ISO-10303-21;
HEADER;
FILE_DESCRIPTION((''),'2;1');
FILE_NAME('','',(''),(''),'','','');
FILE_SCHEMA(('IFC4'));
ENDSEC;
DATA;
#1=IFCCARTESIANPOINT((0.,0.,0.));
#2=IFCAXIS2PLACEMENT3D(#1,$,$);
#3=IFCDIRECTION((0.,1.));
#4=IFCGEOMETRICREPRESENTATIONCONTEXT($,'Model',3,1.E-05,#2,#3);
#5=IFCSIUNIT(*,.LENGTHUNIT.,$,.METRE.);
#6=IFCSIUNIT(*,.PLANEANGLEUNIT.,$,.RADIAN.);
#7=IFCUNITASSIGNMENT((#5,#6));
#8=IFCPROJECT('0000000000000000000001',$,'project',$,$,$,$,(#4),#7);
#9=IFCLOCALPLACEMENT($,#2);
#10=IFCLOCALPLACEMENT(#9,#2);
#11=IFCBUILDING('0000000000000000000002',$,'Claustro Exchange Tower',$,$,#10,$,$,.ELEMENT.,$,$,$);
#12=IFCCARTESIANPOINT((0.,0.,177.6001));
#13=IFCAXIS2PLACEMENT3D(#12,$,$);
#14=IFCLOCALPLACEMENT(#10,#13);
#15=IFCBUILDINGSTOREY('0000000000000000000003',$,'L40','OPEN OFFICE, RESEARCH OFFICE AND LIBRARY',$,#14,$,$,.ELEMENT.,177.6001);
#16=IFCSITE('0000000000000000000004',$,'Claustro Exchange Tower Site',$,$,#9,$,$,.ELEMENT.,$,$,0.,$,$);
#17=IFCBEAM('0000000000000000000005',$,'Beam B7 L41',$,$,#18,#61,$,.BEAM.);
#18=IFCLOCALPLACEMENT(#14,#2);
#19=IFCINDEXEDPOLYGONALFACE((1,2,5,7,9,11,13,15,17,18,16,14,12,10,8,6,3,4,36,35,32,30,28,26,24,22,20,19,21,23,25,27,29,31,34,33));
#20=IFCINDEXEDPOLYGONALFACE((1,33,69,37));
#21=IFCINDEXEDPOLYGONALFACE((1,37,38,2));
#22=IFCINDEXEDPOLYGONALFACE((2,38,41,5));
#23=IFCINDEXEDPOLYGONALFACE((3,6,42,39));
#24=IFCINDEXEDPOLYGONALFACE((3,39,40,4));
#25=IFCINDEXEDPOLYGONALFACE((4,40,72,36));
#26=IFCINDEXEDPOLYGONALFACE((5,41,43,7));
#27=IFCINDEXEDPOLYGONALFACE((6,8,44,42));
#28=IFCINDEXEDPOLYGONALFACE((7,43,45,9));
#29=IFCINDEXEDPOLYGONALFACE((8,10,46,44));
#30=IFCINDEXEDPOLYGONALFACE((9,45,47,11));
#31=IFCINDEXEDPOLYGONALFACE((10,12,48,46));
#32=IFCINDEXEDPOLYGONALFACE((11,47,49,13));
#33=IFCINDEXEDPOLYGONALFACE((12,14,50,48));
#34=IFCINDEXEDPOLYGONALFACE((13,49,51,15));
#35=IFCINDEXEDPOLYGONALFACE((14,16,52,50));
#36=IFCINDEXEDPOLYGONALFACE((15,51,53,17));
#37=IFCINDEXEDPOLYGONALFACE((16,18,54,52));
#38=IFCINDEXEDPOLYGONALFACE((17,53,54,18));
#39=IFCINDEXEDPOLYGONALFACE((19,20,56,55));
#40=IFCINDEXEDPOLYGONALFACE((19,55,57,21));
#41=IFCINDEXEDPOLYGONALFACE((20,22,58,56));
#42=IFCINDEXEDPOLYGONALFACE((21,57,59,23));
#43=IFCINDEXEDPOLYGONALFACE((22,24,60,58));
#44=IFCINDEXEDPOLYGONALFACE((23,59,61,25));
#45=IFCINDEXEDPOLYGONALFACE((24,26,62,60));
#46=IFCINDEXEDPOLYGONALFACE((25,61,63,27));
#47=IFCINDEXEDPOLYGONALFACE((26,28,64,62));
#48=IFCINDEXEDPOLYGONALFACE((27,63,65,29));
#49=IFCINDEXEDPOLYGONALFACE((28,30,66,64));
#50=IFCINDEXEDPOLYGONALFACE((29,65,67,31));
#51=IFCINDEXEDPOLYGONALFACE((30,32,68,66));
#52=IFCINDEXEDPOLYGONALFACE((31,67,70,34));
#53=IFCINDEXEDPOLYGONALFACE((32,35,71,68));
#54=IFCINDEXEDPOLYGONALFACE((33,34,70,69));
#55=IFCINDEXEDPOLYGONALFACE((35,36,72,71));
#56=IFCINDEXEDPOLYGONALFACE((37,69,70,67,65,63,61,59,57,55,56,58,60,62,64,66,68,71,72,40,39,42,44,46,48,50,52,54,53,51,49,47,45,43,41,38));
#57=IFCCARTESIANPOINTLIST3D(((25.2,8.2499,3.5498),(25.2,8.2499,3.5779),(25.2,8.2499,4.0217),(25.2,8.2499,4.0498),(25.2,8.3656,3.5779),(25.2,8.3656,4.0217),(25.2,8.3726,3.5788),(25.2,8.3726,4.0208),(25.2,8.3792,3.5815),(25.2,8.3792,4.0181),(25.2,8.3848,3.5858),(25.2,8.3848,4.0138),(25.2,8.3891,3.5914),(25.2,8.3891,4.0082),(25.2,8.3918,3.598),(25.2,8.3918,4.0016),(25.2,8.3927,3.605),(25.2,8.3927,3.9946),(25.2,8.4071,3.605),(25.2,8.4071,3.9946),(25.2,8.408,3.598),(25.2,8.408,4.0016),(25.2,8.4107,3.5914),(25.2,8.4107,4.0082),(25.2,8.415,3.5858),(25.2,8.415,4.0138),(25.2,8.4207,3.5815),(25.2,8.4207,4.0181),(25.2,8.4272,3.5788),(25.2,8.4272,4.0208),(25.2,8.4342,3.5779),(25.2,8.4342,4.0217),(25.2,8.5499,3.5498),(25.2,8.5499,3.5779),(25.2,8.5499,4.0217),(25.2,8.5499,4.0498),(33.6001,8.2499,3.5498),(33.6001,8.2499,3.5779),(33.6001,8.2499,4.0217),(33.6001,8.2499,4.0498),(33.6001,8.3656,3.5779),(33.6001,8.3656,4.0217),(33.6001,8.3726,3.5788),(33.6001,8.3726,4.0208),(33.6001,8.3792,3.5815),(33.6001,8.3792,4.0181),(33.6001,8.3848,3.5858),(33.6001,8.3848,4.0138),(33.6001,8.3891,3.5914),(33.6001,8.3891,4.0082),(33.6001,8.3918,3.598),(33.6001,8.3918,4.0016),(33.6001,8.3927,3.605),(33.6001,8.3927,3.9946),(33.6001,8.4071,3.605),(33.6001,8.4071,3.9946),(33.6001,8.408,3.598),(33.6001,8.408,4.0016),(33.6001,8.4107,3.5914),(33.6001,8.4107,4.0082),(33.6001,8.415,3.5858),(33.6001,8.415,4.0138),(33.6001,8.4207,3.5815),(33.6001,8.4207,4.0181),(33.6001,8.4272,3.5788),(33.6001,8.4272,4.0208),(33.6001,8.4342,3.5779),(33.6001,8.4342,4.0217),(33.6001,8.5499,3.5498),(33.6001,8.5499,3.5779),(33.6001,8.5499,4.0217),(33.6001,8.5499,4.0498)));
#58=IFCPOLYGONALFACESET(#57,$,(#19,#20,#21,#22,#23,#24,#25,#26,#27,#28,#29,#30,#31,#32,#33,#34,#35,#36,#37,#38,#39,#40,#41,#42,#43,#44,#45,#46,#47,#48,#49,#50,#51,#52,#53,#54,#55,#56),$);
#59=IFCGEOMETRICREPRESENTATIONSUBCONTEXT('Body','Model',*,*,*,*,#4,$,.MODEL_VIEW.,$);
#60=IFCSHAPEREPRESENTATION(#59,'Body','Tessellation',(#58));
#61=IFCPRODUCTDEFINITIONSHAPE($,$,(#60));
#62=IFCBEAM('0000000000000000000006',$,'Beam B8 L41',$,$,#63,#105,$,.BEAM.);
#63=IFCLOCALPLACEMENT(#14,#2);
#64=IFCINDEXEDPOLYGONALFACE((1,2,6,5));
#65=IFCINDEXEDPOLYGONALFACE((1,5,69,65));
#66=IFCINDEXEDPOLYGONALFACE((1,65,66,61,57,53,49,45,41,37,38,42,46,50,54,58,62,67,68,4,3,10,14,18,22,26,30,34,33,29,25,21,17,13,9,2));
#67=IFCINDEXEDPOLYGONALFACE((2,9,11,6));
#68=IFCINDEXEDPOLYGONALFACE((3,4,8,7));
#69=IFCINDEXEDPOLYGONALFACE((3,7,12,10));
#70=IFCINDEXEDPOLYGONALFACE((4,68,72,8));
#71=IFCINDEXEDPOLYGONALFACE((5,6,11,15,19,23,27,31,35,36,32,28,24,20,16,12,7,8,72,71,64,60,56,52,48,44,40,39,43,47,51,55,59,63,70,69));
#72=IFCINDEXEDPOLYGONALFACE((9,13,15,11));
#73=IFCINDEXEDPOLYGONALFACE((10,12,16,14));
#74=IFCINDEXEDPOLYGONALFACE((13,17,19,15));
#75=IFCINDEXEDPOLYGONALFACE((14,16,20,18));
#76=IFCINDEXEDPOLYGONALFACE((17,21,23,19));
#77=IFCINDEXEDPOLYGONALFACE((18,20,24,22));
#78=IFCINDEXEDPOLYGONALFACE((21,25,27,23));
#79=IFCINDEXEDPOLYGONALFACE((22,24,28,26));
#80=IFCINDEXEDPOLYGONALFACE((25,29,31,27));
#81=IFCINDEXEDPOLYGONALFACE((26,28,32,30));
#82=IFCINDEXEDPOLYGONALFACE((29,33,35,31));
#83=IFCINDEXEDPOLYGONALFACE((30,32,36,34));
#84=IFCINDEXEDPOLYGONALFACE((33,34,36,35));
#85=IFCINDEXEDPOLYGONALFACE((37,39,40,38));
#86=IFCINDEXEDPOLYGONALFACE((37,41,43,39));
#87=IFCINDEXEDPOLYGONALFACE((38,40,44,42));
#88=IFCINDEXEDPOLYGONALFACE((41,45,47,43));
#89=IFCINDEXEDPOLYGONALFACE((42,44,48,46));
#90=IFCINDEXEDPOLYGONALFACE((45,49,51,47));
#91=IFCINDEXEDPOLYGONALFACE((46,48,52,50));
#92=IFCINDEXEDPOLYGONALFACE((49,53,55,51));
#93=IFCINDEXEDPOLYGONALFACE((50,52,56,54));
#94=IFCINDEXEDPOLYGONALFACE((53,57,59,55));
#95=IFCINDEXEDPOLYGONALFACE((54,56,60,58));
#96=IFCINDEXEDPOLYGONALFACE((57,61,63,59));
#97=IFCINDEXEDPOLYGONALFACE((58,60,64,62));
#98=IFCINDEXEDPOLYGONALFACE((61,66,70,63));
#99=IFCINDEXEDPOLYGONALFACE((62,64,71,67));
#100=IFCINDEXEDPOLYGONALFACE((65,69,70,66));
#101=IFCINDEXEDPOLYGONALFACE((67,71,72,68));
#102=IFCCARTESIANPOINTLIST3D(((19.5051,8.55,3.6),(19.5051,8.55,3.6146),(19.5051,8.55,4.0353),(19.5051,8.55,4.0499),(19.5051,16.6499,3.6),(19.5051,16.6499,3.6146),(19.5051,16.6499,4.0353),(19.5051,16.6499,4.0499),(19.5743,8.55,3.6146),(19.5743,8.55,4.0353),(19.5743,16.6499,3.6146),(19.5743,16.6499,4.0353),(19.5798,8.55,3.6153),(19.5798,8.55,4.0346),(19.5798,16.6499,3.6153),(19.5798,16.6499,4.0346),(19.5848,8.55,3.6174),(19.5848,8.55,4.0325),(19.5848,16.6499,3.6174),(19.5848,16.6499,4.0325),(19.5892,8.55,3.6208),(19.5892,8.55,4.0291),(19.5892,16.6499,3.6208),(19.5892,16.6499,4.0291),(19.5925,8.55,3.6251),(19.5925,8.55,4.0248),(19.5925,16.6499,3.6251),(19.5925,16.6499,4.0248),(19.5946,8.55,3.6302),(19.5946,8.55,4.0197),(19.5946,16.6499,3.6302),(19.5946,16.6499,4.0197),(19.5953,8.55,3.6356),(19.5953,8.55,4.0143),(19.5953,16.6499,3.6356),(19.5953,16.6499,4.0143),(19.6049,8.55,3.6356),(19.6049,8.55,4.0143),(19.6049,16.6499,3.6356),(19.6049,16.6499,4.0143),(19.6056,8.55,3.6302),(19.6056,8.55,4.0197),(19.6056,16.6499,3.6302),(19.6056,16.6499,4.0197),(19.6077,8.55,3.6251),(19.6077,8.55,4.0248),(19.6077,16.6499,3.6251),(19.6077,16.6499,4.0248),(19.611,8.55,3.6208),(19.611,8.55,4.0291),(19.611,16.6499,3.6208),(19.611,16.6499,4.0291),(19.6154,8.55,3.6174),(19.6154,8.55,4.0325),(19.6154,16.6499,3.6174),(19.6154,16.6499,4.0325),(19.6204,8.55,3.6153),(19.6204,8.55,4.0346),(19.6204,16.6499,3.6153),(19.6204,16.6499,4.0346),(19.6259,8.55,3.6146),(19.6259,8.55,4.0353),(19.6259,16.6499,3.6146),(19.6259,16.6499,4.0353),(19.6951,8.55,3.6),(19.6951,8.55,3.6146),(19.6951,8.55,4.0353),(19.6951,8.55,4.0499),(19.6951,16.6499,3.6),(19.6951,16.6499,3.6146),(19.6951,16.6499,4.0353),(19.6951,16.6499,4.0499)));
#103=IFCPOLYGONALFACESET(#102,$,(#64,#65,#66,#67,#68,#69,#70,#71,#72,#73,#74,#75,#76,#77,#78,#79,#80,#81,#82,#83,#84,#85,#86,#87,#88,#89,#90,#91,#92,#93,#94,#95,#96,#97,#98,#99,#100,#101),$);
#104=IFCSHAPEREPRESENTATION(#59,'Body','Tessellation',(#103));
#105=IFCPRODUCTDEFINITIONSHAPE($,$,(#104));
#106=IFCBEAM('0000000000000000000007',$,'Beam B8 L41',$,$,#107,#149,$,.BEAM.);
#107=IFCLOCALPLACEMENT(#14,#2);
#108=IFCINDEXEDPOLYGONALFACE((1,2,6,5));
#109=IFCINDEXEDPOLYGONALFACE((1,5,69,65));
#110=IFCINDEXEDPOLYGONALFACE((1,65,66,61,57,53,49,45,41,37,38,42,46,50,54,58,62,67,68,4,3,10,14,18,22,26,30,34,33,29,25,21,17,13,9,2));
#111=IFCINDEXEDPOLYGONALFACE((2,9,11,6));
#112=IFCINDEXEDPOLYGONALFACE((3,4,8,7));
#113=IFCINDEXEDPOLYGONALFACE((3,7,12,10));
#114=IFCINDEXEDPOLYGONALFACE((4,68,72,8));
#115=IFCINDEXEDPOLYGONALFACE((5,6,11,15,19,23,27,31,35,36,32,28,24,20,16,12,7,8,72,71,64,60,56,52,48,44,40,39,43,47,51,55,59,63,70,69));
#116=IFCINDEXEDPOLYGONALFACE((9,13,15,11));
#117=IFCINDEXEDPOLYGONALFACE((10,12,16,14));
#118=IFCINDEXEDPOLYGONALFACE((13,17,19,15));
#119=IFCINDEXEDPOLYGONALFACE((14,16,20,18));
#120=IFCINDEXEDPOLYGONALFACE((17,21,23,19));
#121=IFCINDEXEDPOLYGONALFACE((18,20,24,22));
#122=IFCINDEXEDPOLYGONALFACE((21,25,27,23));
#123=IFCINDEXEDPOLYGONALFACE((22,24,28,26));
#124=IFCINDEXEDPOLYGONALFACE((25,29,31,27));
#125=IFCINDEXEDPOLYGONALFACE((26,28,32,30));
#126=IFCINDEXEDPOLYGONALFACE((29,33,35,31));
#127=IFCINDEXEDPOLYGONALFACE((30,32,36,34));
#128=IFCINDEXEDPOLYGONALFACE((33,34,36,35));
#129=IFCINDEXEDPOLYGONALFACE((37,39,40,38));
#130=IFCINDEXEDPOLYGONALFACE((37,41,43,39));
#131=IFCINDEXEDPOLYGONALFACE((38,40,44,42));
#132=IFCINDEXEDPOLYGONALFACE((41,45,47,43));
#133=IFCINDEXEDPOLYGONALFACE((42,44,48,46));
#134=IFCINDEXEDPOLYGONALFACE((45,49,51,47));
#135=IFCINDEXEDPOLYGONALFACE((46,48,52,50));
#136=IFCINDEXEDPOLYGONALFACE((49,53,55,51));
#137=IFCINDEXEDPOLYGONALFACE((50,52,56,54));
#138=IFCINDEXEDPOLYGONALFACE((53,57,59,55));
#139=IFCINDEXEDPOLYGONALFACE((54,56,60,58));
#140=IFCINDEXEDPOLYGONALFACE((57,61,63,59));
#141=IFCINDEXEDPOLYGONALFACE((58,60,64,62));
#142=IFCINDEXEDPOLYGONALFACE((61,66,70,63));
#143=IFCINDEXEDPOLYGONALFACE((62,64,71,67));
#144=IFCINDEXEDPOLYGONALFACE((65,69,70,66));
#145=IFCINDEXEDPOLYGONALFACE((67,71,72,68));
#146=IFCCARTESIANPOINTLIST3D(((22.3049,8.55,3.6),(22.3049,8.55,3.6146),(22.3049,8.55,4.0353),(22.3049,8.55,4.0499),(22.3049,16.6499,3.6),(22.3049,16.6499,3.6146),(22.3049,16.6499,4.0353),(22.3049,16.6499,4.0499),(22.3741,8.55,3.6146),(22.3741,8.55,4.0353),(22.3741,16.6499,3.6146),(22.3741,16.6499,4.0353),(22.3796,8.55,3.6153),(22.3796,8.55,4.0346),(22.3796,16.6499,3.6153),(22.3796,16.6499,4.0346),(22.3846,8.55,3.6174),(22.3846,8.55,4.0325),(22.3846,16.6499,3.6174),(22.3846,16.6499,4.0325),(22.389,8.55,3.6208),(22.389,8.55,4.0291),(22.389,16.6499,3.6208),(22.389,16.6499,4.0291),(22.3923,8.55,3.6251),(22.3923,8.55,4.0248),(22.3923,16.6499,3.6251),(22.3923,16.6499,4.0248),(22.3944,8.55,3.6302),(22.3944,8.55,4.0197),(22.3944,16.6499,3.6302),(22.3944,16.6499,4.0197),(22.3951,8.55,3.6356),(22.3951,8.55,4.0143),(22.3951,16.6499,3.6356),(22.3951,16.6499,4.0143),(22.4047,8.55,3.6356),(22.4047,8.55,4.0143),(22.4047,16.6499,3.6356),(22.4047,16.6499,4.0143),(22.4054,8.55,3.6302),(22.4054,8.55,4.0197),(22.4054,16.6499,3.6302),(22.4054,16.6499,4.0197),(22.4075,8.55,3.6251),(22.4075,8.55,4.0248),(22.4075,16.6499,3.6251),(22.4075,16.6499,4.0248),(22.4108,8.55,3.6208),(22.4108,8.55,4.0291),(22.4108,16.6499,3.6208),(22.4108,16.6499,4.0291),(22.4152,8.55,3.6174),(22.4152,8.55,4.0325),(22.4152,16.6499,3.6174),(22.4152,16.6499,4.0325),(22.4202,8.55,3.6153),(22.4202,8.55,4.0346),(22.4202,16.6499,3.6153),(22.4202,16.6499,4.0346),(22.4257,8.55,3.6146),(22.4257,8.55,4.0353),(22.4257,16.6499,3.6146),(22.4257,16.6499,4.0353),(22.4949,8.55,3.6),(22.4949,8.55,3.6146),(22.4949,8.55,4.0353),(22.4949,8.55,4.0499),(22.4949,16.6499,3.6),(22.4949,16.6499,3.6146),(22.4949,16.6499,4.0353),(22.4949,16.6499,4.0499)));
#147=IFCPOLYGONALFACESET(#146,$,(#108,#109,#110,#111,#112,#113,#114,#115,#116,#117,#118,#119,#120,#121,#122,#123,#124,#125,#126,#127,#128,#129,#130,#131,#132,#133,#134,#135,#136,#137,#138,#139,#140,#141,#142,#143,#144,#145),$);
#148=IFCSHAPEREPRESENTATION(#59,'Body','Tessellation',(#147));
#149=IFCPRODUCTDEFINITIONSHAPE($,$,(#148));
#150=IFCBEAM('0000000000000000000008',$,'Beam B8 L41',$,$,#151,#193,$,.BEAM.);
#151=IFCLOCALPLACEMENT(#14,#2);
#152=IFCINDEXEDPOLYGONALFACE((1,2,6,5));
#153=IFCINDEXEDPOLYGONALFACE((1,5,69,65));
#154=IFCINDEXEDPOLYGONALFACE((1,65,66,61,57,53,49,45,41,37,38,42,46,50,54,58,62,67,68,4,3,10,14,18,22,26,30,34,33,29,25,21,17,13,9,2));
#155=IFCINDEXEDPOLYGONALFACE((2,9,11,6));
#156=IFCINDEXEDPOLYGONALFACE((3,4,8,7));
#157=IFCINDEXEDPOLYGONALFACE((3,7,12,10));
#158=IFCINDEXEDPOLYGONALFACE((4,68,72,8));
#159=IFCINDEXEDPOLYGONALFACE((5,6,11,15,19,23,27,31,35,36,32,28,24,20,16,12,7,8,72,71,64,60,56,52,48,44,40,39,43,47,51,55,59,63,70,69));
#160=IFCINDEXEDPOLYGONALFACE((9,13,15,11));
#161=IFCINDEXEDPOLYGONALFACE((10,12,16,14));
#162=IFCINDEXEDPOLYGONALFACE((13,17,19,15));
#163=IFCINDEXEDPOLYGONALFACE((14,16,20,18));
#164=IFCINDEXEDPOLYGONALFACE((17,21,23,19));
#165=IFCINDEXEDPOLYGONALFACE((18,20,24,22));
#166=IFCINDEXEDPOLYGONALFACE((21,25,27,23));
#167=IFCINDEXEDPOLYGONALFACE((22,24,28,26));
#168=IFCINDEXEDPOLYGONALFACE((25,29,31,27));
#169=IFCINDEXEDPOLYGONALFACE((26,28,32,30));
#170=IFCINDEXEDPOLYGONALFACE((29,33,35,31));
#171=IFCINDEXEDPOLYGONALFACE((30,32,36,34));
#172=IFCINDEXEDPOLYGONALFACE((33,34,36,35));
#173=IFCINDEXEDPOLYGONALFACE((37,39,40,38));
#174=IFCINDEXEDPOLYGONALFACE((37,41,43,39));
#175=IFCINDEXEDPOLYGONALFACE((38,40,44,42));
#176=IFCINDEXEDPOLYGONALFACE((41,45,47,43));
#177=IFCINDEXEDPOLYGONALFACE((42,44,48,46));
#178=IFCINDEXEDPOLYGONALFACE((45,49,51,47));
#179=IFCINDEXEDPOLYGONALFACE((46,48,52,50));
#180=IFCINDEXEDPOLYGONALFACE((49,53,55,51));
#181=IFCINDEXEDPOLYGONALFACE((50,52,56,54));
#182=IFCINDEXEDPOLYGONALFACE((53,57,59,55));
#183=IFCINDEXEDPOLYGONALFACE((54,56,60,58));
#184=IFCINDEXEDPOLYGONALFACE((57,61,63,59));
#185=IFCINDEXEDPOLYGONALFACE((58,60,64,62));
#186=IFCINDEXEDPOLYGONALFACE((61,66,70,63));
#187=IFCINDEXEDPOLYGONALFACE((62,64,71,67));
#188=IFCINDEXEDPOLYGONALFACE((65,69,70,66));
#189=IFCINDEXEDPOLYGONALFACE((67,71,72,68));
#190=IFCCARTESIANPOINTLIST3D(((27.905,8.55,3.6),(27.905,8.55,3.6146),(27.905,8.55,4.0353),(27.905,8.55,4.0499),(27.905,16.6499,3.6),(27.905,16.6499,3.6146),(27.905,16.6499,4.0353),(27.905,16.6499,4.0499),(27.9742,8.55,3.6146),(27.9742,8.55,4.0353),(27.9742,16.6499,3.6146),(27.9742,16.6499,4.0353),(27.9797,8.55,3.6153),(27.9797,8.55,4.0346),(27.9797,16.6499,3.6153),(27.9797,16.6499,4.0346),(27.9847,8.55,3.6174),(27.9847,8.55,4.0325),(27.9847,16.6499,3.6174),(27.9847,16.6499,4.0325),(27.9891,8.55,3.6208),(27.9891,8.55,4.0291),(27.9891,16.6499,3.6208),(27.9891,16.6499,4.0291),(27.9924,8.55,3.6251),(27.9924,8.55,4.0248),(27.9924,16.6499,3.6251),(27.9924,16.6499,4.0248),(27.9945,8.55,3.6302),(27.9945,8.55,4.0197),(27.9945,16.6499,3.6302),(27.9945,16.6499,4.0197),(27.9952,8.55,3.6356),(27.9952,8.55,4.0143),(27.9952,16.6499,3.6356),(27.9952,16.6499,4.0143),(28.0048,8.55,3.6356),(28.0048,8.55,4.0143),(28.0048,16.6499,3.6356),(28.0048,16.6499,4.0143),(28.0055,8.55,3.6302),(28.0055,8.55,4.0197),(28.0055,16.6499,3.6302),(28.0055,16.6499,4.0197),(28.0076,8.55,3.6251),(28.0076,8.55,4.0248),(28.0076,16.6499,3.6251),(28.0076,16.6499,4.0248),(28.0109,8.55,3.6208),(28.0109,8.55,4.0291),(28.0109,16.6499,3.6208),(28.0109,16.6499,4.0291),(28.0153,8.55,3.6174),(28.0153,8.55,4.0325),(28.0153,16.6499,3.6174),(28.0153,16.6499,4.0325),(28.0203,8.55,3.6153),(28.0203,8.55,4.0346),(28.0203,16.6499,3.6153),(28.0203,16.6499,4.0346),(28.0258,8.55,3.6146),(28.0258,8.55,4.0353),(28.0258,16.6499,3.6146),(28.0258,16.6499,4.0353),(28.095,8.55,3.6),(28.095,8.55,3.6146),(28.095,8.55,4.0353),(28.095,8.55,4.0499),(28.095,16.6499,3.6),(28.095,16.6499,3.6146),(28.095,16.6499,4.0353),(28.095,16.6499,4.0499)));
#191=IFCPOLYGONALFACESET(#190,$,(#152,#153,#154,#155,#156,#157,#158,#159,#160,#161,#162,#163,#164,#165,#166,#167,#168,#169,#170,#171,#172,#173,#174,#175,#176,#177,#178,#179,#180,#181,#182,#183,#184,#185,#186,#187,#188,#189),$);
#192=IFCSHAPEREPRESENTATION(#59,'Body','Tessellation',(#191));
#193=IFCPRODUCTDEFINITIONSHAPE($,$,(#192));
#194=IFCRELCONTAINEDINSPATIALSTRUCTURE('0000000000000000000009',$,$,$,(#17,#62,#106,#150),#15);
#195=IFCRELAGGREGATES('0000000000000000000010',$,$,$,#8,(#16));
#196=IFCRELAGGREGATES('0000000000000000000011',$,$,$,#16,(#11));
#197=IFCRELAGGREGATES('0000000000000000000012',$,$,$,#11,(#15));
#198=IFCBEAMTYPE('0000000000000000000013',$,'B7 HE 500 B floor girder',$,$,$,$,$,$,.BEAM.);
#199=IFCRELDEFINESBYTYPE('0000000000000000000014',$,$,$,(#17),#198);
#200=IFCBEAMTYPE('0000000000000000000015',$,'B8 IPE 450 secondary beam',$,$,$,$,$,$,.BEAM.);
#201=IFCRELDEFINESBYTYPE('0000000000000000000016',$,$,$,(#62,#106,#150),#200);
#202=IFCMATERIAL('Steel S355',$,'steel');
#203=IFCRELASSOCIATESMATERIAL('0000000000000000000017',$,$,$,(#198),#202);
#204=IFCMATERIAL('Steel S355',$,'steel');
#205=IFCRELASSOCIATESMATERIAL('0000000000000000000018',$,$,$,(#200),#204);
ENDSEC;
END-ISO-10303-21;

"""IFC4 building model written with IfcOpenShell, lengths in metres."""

from ifc_helpers import new_model, si_unit, direction, frame, origin, origin_2d, place, context, subcontext, project, spatial, i_section, extrude, material, material_profile, profile_set, type_object, element, save


model = new_model("IFC4")

# Units and contexts
model_context = context("Model", 3, precision=1e-05, world=origin(), true_north=direction((0.0, 1.0)))
body_context = subcontext(model_context, "Body", "Model", "MODEL_VIEW")
ifc_project = project(units=[si_unit("LENGTHUNIT", "METRE"), si_unit("PLANEANGLEUNIT", "RADIAN")], contexts=[model_context])

# Site, building, storey
site_placement = place(None, origin())
site = spatial("IfcSite", under=ifc_project, at=site_placement, Name="Claustro Exchange Tower Site", CompositionType="ELEMENT", RefElevation=0.0)
building_placement = place(site_placement, origin())
building = spatial("IfcBuilding", under=site, at=building_placement, Name="Claustro Exchange Tower", CompositionType="ELEMENT")
storey_placement = place(building_placement, frame((0.0, 0.0, 177.6001)))
storey = spatial("IfcBuildingStorey", under=building, at=storey_placement, Name="L40", Description="OPEN OFFICE, RESEARCH OFFICE AND LIBRARY", CompositionType="ELEMENT", Elevation=177.6001)

# Beams
ifc_material_1 = material(Name="Steel S355", Category="steel")
ifc_material_profile_1 = material_profile(ifc_material_1, i_section(OverallWidth=0.3, OverallDepth=0.5, WebThickness=0.0144, FlangeThickness=0.0281, FilletRadius=0.0271, at=origin_2d()), Name="HE 500 B")
ifc_profile_set_1 = profile_set([ifc_material_profile_1], Name="Steel S355")
beam_type_1 = type_object("IfcBeamType", Name="B7 HE 500 B floor girder", PredefinedType="BEAM", material=ifc_profile_set_1)
for number, where, z_axis, x_axis, name in (
    (1, (25.2, 8.3999, 3.7998), (1.0, 0.0, 0.0), (0.0, 1.0, 0.0), "Beam B7 L41"),
):
    element("IfcBeam", number, at=place(storey_placement, frame(where, z_axis=z_axis, x_axis=x_axis)), inside=storey, type_object=beam_type_1, Name=name, PredefinedType="BEAM", context=body_context, shape_type="SweptSolid", body=[
        extrude(i_section(OverallWidth=0.3, OverallDepth=0.5, WebThickness=0.0144, FlangeThickness=0.0281, FilletRadius=0.0271, at=origin_2d()), origin(), (0.0, 0.0, 1.0), 8.4001),
    ])
ifc_material_2 = material(Name="Steel S355", Category="steel")
ifc_material_profile_2 = material_profile(ifc_material_2, i_section(OverallWidth=0.1899, OverallDepth=0.45, WebThickness=0.0095, FlangeThickness=0.0146, FilletRadius=0.021, at=origin_2d()), Name="IPE 450")
ifc_profile_set_2 = profile_set([ifc_material_profile_2], Name="Steel S355")
beam_type_2 = type_object("IfcBeamType", Name="B8 IPE 450 secondary beam", PredefinedType="BEAM", material=ifc_profile_set_2)
for number, where, z_axis, x_axis, name in (
    (2, (19.6001, 8.55, 3.825), (0.0, 1.0, 0.0), (-1.0, 0.0, 0.0), "Beam B8 L41"),
    (3, (22.3999, 8.55, 3.825), (0.0, 1.0, 0.0), (-1.0, 0.0, 0.0), "Beam B8 L41"),
    (4, (28.0, 8.55, 3.825), (0.0, 1.0, 0.0), (-1.0, 0.0, 0.0), "Beam B8 L41"),
):
    element("IfcBeam", number, at=place(storey_placement, frame(where, z_axis=z_axis, x_axis=x_axis)), inside=storey, type_object=beam_type_2, Name=name, PredefinedType="BEAM", context=body_context, shape_type="SweptSolid", body=[
        extrude(i_section(OverallWidth=0.1899, OverallDepth=0.45, WebThickness=0.0095, FlangeThickness=0.0146, FilletRadius=0.021, at=origin_2d()), origin(), (0.0, 0.0, 1.0), 8.0999),
    ])

save(model, "model.ifc")
